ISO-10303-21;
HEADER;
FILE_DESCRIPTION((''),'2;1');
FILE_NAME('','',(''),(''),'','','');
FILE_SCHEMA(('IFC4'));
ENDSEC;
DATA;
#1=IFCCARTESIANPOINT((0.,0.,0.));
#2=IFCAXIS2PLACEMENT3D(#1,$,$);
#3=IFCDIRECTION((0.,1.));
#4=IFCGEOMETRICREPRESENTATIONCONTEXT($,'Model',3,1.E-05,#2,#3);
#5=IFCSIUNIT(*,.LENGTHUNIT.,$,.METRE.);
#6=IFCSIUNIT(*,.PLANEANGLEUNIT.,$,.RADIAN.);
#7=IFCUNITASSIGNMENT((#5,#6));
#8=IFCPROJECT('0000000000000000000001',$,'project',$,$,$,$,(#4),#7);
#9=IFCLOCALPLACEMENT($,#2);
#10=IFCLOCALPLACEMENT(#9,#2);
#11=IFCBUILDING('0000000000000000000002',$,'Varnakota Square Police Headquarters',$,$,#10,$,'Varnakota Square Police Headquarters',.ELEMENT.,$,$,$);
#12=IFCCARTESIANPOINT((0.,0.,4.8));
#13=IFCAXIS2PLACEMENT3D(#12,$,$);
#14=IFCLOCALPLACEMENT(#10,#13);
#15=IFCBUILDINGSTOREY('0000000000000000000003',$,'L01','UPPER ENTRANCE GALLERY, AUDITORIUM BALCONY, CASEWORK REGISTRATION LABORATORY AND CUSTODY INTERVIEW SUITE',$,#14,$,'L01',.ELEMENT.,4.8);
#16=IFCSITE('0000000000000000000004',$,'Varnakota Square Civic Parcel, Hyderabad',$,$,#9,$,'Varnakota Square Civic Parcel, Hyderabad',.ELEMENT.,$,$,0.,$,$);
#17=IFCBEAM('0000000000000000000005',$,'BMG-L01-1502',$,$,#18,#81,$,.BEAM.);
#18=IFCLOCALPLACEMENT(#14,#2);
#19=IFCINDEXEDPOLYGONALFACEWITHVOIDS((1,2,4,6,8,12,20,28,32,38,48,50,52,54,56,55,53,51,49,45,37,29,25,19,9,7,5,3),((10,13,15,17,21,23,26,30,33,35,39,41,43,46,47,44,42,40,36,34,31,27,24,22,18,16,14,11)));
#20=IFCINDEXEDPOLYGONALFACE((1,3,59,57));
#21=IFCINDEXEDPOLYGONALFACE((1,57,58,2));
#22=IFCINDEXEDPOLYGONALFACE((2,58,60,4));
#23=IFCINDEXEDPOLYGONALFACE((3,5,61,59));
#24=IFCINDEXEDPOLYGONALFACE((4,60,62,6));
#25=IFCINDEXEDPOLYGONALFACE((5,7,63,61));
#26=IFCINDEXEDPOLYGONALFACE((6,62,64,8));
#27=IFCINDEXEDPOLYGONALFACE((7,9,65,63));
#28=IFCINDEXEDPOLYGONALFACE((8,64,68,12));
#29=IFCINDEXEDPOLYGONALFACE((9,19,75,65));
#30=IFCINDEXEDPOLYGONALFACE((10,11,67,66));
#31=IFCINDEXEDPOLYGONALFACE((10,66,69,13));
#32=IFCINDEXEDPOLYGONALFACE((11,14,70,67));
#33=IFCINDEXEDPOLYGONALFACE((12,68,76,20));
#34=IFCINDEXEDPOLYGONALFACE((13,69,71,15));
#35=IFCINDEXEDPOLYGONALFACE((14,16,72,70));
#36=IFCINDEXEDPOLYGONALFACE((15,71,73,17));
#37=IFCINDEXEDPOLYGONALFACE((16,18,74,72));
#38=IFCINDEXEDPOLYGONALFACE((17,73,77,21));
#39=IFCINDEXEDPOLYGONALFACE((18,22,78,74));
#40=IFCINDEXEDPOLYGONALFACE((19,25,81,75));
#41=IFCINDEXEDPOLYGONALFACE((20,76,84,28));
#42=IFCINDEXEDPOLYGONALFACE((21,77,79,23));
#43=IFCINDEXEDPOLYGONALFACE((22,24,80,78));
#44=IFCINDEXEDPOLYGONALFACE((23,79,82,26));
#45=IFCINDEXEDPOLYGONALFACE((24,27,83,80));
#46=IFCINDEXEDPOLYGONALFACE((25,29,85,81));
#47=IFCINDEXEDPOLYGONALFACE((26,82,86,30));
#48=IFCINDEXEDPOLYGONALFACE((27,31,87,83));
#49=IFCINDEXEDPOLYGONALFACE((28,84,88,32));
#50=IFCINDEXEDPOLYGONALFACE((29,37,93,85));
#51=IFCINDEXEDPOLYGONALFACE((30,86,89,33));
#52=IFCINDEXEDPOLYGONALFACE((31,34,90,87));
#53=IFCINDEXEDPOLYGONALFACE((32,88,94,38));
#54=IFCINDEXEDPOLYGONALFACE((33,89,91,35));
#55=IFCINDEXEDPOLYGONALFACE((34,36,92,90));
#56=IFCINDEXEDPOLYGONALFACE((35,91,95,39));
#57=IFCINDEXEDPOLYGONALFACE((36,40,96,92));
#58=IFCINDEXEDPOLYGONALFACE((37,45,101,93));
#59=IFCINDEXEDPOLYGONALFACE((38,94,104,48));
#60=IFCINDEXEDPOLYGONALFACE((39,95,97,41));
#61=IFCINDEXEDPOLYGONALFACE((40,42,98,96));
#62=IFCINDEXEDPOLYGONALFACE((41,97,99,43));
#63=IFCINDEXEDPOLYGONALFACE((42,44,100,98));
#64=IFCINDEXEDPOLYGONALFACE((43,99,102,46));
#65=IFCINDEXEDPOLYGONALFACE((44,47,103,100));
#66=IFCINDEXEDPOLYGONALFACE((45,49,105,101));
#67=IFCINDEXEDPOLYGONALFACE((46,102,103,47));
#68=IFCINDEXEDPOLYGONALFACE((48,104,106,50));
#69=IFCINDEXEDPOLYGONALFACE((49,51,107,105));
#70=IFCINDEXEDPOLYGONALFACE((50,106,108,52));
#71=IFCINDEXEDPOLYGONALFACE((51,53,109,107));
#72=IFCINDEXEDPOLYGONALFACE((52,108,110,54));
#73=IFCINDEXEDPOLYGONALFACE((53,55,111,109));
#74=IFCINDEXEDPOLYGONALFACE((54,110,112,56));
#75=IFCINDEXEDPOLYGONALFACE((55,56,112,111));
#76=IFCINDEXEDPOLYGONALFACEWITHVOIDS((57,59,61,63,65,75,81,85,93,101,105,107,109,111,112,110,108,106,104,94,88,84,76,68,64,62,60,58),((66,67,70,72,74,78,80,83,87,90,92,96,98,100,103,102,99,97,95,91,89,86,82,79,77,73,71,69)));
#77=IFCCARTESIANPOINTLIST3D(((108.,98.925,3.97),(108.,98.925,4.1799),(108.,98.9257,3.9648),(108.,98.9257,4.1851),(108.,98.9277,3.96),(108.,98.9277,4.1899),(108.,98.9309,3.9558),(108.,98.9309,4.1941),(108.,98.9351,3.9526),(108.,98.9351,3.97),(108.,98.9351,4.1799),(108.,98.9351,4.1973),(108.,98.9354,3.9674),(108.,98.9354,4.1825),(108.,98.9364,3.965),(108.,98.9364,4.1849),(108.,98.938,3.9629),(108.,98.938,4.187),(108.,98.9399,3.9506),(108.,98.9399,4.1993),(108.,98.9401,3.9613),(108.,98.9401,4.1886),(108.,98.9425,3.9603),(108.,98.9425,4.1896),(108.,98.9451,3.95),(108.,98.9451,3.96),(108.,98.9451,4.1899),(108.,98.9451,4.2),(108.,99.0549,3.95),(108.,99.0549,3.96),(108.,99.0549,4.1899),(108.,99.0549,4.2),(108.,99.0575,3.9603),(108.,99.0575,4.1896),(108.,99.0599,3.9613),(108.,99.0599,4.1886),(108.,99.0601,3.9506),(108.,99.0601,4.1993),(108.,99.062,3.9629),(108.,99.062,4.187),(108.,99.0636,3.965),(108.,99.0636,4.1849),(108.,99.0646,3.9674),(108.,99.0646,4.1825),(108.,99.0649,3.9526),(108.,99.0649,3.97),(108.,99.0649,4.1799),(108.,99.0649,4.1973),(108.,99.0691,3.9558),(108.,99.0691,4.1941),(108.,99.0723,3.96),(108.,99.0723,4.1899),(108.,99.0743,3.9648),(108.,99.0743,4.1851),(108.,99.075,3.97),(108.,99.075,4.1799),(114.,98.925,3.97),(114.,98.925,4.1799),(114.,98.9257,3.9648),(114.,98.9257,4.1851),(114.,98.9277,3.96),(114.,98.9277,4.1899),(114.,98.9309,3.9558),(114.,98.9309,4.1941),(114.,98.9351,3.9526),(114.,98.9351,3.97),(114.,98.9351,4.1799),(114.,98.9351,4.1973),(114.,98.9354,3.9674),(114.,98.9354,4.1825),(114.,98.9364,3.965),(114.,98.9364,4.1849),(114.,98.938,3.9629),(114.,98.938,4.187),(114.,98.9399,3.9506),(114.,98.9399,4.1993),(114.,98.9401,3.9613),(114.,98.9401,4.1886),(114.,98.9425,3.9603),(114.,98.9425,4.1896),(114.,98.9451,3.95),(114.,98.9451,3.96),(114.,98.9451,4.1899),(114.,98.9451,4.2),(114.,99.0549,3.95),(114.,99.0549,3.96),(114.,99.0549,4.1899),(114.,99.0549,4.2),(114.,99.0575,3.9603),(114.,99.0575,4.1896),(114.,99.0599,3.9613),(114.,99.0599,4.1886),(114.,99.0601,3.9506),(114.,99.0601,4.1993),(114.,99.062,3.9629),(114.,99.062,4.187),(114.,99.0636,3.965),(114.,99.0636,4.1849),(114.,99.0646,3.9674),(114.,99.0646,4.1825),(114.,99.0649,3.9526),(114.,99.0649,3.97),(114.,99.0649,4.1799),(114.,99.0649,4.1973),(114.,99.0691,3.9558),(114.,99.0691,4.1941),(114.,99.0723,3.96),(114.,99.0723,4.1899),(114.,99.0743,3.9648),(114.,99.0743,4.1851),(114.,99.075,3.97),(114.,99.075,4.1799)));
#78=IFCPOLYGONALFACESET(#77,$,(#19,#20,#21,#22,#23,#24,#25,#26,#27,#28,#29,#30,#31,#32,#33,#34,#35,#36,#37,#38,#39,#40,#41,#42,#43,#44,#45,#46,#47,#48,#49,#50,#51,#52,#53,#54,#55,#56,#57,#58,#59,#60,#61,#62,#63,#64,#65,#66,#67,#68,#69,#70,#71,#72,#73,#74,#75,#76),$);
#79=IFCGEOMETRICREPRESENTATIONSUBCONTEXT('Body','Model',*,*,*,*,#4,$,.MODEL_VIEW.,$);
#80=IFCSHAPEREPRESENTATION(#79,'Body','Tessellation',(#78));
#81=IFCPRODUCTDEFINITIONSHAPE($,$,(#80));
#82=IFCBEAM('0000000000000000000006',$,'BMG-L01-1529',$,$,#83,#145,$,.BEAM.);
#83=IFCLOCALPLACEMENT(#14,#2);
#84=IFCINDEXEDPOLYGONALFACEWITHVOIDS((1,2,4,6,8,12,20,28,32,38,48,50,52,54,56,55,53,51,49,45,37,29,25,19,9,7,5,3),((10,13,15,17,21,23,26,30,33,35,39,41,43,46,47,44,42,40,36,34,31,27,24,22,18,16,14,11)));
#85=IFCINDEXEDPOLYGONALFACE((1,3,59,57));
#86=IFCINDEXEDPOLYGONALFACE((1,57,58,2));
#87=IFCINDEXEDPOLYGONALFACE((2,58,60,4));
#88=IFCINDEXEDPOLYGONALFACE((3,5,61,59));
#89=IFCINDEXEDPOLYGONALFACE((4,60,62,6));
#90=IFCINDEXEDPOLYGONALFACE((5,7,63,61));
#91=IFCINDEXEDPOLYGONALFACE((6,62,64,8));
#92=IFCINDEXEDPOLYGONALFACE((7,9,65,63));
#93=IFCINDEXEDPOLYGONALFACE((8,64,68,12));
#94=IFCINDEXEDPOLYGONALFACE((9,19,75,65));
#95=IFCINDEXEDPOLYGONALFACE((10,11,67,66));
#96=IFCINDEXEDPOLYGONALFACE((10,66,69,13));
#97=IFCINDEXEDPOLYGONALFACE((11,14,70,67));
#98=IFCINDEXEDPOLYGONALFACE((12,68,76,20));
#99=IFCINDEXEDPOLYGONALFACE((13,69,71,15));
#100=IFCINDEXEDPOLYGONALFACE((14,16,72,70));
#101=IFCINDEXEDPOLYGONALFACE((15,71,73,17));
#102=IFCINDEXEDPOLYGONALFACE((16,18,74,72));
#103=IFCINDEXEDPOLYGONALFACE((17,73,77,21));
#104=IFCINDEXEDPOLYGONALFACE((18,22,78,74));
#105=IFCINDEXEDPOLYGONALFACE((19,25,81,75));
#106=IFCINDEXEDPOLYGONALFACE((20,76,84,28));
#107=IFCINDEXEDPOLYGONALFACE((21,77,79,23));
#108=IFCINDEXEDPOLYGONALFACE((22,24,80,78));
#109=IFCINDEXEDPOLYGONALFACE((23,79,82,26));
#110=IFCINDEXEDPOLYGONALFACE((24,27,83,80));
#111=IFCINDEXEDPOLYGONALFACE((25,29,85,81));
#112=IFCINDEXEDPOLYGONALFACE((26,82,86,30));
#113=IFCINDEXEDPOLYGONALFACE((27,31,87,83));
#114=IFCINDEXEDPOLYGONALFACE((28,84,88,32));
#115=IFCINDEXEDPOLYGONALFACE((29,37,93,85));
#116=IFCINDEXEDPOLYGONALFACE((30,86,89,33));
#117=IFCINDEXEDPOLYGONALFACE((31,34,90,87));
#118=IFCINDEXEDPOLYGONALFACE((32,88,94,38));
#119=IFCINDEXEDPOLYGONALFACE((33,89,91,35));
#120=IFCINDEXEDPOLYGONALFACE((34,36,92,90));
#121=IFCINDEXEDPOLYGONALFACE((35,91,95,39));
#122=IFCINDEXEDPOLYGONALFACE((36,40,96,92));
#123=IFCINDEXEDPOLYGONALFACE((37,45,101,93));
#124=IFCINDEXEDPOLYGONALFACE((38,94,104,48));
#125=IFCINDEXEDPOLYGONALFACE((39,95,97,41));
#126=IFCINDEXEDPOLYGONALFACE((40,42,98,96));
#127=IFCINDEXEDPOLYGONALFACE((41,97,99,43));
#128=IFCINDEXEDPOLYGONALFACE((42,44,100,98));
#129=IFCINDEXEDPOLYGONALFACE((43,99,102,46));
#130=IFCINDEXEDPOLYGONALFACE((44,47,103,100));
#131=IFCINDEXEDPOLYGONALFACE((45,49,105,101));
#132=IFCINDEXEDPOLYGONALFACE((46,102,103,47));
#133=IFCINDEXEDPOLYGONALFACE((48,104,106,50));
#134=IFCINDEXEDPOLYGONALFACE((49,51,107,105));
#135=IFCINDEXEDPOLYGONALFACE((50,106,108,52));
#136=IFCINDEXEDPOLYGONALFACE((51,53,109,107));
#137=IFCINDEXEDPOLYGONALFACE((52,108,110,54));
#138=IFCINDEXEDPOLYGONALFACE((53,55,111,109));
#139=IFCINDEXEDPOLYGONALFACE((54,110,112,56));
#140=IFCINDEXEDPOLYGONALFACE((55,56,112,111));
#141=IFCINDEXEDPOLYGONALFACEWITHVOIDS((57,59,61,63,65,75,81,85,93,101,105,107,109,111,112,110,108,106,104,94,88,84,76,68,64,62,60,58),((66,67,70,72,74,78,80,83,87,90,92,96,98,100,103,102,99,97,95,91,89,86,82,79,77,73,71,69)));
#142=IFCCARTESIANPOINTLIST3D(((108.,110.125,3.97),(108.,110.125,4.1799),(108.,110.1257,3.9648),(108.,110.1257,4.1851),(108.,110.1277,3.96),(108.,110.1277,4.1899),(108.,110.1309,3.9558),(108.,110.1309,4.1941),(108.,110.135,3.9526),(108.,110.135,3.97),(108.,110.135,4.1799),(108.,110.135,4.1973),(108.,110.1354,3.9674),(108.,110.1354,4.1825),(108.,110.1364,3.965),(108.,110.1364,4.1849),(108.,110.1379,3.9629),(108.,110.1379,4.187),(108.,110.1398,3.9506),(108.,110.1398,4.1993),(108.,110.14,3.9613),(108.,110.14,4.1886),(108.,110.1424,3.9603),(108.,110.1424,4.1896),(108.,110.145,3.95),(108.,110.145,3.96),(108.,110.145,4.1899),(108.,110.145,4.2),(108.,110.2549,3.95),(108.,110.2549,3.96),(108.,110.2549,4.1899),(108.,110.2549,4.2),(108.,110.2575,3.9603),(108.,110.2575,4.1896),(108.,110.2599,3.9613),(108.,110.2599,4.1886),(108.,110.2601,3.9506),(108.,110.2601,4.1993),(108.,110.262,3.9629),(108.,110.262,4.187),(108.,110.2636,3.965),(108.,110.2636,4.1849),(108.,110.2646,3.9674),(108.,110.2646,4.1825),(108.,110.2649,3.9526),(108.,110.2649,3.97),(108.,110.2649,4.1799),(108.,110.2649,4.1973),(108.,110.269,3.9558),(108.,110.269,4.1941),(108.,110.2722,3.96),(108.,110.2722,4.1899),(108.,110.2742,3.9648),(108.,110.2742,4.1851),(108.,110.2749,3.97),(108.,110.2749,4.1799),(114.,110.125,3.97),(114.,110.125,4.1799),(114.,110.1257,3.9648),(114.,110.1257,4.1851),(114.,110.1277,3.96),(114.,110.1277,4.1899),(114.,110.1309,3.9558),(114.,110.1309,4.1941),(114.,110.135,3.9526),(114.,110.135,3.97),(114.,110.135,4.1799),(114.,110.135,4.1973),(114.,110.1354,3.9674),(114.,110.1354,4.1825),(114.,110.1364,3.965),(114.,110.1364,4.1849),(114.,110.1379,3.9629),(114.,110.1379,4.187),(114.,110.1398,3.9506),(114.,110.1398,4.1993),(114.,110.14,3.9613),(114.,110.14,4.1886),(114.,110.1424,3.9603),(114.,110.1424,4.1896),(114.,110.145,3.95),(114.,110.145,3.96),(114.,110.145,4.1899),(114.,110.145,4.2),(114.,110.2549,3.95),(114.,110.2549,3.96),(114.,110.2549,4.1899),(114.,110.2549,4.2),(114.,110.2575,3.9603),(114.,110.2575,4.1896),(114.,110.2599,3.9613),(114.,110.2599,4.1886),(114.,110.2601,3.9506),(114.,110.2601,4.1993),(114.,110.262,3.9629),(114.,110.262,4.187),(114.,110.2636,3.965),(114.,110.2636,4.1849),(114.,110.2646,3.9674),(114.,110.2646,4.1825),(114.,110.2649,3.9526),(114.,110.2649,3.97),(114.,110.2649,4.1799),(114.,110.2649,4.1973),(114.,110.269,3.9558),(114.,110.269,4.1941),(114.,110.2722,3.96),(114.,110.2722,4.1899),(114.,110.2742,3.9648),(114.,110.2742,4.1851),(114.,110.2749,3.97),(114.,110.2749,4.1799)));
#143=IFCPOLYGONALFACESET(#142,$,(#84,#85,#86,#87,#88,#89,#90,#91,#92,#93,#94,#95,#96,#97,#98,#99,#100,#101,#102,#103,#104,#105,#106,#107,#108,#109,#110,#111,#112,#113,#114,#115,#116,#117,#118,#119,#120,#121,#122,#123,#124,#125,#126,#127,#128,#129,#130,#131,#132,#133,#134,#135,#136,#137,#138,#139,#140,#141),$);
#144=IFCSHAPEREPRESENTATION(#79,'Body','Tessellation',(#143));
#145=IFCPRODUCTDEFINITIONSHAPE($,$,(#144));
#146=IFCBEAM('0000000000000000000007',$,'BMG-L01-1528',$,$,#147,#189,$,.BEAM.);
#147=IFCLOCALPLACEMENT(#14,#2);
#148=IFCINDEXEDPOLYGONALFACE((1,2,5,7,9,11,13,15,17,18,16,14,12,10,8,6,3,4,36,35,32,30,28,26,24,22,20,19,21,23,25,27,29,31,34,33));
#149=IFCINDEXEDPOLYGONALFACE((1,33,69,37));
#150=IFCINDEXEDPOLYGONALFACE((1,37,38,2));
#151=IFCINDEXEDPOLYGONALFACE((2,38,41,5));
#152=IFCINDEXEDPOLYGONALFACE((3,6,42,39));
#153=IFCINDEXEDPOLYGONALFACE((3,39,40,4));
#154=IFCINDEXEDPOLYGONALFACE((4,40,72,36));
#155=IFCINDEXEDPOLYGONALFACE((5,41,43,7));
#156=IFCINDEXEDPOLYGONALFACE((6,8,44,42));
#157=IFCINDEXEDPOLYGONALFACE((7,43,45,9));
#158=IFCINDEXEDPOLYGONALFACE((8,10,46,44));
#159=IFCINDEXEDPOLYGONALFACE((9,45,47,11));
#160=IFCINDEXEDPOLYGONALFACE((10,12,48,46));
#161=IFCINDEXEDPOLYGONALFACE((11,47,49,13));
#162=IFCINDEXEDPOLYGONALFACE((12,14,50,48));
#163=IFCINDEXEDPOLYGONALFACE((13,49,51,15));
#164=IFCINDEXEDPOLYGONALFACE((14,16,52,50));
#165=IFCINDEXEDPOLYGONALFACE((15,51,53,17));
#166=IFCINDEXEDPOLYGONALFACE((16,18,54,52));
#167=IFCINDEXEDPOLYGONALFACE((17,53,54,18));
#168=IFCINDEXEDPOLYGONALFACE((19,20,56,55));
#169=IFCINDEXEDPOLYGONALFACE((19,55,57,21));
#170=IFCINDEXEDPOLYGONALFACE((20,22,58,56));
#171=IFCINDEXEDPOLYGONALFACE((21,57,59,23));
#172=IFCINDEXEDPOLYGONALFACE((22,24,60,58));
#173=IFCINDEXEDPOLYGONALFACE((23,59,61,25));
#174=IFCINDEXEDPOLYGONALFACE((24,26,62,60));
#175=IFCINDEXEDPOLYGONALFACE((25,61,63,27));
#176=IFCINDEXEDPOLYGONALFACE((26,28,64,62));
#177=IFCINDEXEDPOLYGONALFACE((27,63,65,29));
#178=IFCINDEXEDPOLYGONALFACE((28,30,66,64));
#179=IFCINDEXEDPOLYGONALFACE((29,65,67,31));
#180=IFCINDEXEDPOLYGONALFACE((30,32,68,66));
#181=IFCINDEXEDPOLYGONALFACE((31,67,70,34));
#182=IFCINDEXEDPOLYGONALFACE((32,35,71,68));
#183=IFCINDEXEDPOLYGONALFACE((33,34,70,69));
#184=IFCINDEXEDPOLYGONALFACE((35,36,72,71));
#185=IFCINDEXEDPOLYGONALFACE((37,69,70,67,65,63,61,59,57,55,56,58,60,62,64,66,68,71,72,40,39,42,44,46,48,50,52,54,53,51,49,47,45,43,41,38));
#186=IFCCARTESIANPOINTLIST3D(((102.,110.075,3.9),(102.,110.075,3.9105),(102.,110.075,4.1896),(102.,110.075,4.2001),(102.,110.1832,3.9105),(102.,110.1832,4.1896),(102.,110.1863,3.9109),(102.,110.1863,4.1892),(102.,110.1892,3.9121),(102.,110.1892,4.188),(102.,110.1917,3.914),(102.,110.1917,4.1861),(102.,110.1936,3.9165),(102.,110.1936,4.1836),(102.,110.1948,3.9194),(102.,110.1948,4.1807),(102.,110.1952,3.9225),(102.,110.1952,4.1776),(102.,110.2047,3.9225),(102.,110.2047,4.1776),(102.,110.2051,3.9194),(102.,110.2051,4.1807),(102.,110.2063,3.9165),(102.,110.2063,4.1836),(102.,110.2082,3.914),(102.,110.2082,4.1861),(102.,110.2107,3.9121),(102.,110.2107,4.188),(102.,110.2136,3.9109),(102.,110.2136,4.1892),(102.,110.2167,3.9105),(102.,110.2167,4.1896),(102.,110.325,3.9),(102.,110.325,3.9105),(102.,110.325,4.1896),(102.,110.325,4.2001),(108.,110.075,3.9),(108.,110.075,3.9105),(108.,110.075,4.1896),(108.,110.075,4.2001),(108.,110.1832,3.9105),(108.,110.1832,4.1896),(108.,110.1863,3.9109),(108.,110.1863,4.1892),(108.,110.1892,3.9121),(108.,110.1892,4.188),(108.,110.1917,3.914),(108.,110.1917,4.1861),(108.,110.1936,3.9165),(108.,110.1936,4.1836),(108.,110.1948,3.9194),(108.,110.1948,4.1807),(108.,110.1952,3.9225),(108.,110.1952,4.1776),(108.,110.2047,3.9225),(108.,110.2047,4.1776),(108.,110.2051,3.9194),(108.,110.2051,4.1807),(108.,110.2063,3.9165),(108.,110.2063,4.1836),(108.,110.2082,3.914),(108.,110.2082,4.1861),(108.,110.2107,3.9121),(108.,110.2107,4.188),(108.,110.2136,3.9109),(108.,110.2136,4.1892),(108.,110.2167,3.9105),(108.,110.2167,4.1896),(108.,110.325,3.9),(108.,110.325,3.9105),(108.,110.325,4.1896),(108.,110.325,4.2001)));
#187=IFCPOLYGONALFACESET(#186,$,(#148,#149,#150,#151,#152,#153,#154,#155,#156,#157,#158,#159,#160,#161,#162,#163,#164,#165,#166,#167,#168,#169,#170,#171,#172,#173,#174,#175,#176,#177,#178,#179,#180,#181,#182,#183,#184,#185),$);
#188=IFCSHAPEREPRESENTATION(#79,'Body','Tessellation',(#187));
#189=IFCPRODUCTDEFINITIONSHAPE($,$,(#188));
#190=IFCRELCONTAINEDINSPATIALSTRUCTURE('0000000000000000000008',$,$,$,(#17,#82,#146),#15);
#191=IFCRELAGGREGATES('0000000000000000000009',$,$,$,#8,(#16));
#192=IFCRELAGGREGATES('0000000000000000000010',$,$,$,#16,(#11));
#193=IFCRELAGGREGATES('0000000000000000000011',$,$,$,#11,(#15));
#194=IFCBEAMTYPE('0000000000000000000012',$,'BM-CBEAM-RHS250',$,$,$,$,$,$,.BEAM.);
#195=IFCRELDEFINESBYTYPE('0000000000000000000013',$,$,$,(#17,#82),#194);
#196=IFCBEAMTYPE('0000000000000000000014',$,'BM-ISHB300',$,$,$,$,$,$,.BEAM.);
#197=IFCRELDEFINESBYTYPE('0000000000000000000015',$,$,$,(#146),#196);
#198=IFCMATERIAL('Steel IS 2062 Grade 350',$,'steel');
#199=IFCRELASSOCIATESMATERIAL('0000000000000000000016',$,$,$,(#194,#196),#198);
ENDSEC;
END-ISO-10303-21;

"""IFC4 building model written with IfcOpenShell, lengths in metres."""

from ifc_helpers import new_model, si_unit, direction, frame, origin, origin_2d, place, context, subcontext, project, spatial, hollow_rectangle, i_section, extrude, material, material_profile, profile_set, type_object, element, save


model = new_model("IFC4")

# Units and contexts
model_context = context("Model", 3, precision=1e-05, world=origin(), true_north=direction((0.0, 1.0)))
body_context = subcontext(model_context, "Body", "Model", "MODEL_VIEW")
ifc_project = project(units=[si_unit("LENGTHUNIT", "METRE"), si_unit("PLANEANGLEUNIT", "RADIAN")], contexts=[model_context])

# Site, building, storey
site_placement = place(None, origin())
site = spatial("IfcSite", under=ifc_project, at=site_placement, Name="Varnakota Square Civic Parcel, Hyderabad", LongName="Varnakota Square Civic Parcel, Hyderabad", CompositionType="ELEMENT", RefElevation=0.0)
building_placement = place(site_placement, origin())
building = spatial("IfcBuilding", under=site, at=building_placement, Name="Varnakota Square Police Headquarters", LongName="Varnakota Square Police Headquarters", CompositionType="ELEMENT")
storey_placement = place(building_placement, frame((0.0, 0.0, 4.8)))
storey = spatial("IfcBuildingStorey", under=building, at=storey_placement, Name="L01", Description="UPPER ENTRANCE GALLERY, AUDITORIUM BALCONY, CASEWORK REGISTRATION LABORATORY AND CUSTODY INTERVIEW SUITE", LongName="L01", CompositionType="ELEMENT", Elevation=4.8)

# Shared definitions
ifc_material_1 = material(Name="Steel IS 2062 Grade 350", Category="steel")

# Beams
ifc_material_profile_1 = material_profile(ifc_material_1, hollow_rectangle(XDim=0.1499, YDim=0.25, WallThickness=0.01, InnerFilletRadius=0.01, OuterFilletRadius=0.02, at=origin_2d()), Name="RHS 250x150x10")
ifc_profile_set_1 = profile_set([ifc_material_profile_1], Name="Steel IS 2062 Grade 350")
beam_type_1 = type_object("IfcBeamType", Name="BM-CBEAM-RHS250", PredefinedType="BEAM", material=ifc_profile_set_1)
for number, where, z_axis, x_axis, name in (
    (1, (108.0, 99.0, 4.075), (1.0, 0.0, 0.0), (0.0, 1.0, 0.0), "BMG-L01-1502"),
    (2, (108.0, 110.2, 4.075), (1.0, 0.0, 0.0), (0.0, 1.0, 0.0), "BMG-L01-1529"),
):
    element("IfcBeam", number, at=place(storey_placement, frame(where, z_axis=z_axis, x_axis=x_axis)), inside=storey, type_object=beam_type_1, Name=name, PredefinedType="BEAM", context=body_context, shape_type="SweptSolid", body=[
        extrude(hollow_rectangle(XDim=0.1499, YDim=0.25, WallThickness=0.01, InnerFilletRadius=0.01, OuterFilletRadius=0.02, at=origin_2d()), origin(), (0.0, 0.0, 1.0), 6.0),
    ])
ifc_material_profile_2 = material_profile(ifc_material_1, i_section(OverallWidth=0.25, OverallDepth=0.3, WebThickness=0.0095, FlangeThickness=0.0105, FilletRadius=0.012, at=origin_2d()), Name="ISHB 300")
ifc_profile_set_2 = profile_set([ifc_material_profile_2], Name="Steel IS 2062 Grade 350")
beam_type_2 = type_object("IfcBeamType", Name="BM-ISHB300", PredefinedType="BEAM", material=ifc_profile_set_2)
beam_1_placement = place(storey_placement, frame((102.0, 110.2, 4.05), z_axis=(1.0, 0.0, 0.0), x_axis=(0.0, 1.0, 0.0)))
element("IfcBeam", 3, at=beam_1_placement, inside=storey, type_object=beam_type_2, Name="BMG-L01-1528", PredefinedType="BEAM", context=body_context, shape_type="SweptSolid", body=[
    extrude(i_section(OverallWidth=0.25, OverallDepth=0.3, WebThickness=0.0095, FlangeThickness=0.0105, FilletRadius=0.012, at=origin_2d()), origin(), (0.0, 0.0, 1.0), 6.0),
])

save(model, "model.ifc")
